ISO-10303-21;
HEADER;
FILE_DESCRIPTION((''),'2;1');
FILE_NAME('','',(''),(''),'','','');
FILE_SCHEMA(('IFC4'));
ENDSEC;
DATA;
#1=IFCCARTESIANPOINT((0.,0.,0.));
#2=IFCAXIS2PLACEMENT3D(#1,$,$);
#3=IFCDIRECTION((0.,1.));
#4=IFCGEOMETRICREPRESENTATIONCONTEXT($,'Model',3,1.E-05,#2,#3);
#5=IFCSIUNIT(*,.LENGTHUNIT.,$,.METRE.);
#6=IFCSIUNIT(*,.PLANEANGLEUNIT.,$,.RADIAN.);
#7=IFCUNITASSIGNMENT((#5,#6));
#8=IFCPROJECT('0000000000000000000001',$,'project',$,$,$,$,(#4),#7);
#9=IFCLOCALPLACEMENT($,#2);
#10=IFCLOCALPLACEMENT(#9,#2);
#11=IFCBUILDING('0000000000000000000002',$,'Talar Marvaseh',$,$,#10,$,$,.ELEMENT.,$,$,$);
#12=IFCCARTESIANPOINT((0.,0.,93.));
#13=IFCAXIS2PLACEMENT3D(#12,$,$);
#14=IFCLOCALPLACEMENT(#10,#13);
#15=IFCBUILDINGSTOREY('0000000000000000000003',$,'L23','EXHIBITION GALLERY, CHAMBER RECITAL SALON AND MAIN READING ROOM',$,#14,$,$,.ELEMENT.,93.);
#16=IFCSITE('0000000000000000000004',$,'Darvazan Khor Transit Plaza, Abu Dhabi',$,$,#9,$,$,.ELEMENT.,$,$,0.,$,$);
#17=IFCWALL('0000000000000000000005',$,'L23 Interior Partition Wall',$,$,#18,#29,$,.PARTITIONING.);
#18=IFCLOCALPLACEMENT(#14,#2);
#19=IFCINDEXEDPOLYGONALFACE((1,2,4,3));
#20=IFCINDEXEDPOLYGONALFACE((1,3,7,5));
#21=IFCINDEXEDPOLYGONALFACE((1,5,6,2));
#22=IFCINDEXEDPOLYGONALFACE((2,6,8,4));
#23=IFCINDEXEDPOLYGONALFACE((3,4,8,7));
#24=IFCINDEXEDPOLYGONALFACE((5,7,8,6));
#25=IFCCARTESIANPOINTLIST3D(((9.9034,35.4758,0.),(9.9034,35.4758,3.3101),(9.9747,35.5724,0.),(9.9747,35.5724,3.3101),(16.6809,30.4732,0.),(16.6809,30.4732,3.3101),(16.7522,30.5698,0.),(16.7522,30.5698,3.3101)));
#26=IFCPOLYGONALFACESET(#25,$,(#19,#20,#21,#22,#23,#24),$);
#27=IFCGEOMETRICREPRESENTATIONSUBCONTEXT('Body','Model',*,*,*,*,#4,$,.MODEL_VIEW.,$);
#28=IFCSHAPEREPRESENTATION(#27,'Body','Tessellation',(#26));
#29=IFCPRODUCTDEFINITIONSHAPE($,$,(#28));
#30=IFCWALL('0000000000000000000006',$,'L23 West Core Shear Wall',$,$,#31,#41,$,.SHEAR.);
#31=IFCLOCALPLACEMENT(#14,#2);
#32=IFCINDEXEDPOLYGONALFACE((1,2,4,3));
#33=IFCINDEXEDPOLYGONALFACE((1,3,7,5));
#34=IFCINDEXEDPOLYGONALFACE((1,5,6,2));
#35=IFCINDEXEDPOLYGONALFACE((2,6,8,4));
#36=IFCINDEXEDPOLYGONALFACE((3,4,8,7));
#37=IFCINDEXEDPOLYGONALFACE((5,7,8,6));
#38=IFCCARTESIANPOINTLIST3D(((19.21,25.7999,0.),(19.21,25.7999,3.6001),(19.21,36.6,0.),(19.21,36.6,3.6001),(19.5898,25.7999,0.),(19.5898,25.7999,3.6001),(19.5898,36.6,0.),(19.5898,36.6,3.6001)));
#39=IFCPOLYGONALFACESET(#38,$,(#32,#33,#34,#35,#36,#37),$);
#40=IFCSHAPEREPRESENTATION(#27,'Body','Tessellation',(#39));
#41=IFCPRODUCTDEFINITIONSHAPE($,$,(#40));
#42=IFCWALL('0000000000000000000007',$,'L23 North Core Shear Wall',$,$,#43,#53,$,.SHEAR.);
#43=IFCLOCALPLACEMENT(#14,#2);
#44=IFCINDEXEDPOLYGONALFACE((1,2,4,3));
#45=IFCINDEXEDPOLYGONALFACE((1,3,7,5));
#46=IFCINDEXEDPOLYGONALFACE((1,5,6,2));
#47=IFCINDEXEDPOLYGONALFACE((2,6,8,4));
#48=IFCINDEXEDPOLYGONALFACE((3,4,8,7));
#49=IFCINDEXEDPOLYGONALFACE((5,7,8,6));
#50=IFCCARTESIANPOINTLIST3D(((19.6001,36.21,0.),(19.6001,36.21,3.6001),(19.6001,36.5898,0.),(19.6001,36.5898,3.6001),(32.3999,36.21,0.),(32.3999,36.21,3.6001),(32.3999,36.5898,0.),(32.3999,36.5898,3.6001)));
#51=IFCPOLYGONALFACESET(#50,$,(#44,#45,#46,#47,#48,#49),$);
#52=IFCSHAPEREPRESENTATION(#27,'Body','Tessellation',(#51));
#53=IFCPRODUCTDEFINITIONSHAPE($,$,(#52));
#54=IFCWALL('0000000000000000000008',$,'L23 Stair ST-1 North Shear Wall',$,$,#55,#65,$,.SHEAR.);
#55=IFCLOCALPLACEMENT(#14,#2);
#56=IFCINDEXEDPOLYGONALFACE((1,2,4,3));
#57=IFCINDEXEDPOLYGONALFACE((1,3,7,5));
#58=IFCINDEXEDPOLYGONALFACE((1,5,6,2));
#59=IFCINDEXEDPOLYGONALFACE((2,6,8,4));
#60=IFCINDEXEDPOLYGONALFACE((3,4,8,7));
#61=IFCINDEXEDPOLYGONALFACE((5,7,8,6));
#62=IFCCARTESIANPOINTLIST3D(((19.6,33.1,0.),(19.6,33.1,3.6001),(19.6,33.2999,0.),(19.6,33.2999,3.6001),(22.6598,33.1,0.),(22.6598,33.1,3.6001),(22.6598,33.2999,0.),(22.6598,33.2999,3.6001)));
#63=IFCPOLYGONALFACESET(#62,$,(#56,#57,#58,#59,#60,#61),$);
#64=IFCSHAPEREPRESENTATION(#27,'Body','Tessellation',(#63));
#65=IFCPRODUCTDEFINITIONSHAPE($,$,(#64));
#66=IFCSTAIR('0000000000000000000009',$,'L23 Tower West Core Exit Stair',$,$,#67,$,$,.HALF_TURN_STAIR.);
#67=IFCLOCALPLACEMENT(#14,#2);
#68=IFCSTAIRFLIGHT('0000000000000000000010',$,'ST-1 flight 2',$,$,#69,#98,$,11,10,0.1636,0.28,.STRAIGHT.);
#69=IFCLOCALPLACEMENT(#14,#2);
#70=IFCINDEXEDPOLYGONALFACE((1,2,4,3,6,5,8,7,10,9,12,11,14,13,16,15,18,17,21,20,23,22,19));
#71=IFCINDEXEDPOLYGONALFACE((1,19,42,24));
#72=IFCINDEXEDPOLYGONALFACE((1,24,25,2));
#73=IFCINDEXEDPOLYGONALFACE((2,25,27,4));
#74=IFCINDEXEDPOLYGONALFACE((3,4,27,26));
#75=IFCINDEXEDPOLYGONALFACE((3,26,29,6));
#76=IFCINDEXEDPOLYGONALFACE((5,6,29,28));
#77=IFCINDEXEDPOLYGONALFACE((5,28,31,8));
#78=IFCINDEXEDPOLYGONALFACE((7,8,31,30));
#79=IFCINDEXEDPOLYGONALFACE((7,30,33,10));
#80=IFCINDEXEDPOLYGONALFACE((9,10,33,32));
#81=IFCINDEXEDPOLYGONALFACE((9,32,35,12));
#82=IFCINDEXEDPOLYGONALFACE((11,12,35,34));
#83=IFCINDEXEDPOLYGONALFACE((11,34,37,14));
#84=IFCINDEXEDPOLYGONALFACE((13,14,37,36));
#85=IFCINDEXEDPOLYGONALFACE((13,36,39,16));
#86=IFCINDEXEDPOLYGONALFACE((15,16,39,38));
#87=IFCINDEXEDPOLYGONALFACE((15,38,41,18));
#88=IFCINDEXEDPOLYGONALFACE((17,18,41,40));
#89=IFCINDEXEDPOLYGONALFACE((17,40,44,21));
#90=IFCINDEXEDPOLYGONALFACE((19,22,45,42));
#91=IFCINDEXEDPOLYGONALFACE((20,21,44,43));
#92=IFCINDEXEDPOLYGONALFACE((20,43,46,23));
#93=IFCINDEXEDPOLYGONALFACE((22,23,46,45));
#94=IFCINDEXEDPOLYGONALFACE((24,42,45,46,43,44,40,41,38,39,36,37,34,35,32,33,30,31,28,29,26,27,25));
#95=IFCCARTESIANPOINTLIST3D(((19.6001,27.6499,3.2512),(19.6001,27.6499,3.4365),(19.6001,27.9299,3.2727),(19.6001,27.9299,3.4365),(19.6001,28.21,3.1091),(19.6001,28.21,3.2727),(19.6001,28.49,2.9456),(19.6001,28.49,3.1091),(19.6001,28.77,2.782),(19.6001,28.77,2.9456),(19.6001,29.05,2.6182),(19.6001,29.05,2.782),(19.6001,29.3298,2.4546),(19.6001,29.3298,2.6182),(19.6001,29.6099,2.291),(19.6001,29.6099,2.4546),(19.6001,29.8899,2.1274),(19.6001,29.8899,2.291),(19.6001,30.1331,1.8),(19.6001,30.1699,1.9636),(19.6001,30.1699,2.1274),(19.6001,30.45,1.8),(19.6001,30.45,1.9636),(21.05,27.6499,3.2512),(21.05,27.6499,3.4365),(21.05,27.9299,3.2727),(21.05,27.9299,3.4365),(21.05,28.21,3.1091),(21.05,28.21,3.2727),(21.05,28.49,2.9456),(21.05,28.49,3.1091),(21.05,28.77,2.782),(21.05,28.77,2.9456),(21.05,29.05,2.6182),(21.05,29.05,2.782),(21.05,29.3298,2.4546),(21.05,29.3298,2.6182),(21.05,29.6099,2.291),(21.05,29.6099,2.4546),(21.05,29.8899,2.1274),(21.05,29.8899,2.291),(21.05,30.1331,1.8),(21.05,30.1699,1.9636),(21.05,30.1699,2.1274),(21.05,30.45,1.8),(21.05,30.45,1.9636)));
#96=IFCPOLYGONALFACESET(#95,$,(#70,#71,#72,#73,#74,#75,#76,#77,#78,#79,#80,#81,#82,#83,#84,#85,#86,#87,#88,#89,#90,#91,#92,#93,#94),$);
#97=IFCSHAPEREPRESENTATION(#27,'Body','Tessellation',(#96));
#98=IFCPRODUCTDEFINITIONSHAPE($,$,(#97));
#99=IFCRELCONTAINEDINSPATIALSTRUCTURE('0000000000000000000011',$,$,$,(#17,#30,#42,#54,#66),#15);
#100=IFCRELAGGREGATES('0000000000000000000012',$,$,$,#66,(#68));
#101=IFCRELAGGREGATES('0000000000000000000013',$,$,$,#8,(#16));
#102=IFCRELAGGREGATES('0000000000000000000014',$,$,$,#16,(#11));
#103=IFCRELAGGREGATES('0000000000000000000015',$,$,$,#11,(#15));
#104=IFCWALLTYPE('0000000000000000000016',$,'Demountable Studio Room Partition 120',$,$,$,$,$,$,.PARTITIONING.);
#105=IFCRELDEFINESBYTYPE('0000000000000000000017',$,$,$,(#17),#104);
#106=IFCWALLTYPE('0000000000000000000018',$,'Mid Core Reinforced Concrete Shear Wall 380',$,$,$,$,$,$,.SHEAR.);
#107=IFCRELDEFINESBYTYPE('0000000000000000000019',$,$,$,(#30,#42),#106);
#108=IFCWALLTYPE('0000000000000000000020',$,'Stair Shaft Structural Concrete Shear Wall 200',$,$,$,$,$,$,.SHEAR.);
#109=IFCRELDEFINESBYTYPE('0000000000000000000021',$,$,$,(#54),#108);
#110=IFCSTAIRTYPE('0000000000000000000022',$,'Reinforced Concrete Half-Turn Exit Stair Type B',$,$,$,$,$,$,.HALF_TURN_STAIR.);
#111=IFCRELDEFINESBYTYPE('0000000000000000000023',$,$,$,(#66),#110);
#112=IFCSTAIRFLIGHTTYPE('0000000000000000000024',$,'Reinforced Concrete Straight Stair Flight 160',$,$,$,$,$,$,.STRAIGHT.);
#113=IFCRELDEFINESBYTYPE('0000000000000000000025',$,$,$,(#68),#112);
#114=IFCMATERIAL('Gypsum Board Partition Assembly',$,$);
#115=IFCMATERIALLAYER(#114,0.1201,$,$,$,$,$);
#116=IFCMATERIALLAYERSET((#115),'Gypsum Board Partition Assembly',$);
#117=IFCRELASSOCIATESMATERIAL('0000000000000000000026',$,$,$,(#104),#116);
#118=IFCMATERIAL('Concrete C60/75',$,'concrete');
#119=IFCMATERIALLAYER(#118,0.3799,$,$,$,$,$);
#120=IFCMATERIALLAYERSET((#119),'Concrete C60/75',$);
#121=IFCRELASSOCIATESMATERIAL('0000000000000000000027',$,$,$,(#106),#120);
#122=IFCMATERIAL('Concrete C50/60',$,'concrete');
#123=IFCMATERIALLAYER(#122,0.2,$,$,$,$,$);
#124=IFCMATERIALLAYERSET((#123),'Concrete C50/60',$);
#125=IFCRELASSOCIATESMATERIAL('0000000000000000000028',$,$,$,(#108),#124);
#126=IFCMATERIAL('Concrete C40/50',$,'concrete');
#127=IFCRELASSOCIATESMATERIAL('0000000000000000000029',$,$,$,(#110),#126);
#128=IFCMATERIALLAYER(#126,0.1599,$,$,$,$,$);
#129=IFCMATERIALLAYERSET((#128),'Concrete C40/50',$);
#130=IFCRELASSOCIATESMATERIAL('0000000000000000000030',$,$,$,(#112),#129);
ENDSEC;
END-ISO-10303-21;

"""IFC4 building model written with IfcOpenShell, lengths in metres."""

from ifc_helpers import new_model, si_unit, direction, frame, frame_2d, origin, place, context, subcontext, project, spatial, polyline, rectangle, outline, extrude, material, layer, layer_set, type_object, element, aggregate, save


model = new_model("IFC4")

# Units and contexts
model_context = context("Model", 3, precision=1e-05, world=origin(), true_north=direction((0.0, 1.0)))
body_context = subcontext(model_context, "Body", "Model", "MODEL_VIEW")
ifc_project = project(units=[si_unit("LENGTHUNIT", "METRE"), si_unit("PLANEANGLEUNIT", "RADIAN")], contexts=[model_context])

# Site, building, storey
site_placement = place(None, origin())
site = spatial("IfcSite", under=ifc_project, at=site_placement, Name="Darvazan Khor Transit Plaza, Abu Dhabi", CompositionType="ELEMENT", RefElevation=0.0)
building_placement = place(site_placement, origin())
building = spatial("IfcBuilding", under=site, at=building_placement, Name="Talar Marvaseh", CompositionType="ELEMENT")
storey_placement = place(building_placement, frame((0.0, 0.0, 93.0)))
storey = spatial("IfcBuildingStorey", under=building, at=storey_placement, Name="L23", Description="EXHIBITION GALLERY, CHAMBER RECITAL SALON AND MAIN READING ROOM", CompositionType="ELEMENT", Elevation=93.0)

# Shared definitions
ifc_material_1 = material(Name="Gypsum Board Partition Assembly")

# Walls
ifc_layer_1 = layer(ifc_material_1, 0.1201)
ifc_layer_set_1 = layer_set([ifc_layer_1], Name="Gypsum Board Partition Assembly")
wall_type_1 = type_object("IfcWallType", Name="Demountable Studio Room Partition 120", PredefinedType="PARTITIONING", material=ifc_layer_set_1)
wall_1_placement = place(storey_placement, frame((16.7166, 30.5215, 0.0), z_axis=(0.0, 0.0, 1.0), x_axis=(-0.804564, 0.593866, 0.0)))
element("IfcWall", 1, at=wall_1_placement, inside=storey, type_object=wall_type_1, Name="L23 Interior Partition Wall", PredefinedType="PARTITIONING", context=body_context, shape_type="SweptSolid", body=[
    extrude(rectangle(XDim=8.4238, YDim=0.1201, at=frame_2d((4.2119, 0.0))), origin(), (0.0, 0.0, 1.0), 3.3101),
])
ifc_material_2 = material(Name="Concrete C60/75", Category="concrete")
ifc_layer_2 = layer(ifc_material_2, 0.3799)
ifc_layer_set_2 = layer_set([ifc_layer_2], Name="Concrete C60/75")
wall_type_2 = type_object("IfcWallType", Name="Mid Core Reinforced Concrete Shear Wall 380", PredefinedType="SHEAR", material=ifc_layer_set_2)
wall_2_placement = place(storey_placement, frame((19.3999, 25.8, 0.0), z_axis=(0.0, 0.0, 1.0), x_axis=(0.0, 1.0, 0.0)))
element("IfcWall", 2, at=wall_2_placement, inside=storey, type_object=wall_type_2, Name="L23 West Core Shear Wall", PredefinedType="SHEAR", context=body_context, shape_type="SweptSolid", body=[
    extrude(rectangle(XDim=10.8, YDim=0.3799, at=frame_2d((5.3999, 0.0))), origin(), (0.0, 0.0, 1.0), 3.6001),
])
wall_3_placement = place(storey_placement, frame((19.6001, 36.3999, 0.0), z_axis=(0.0, 0.0, 1.0), x_axis=(1.0, 0.0, 0.0)))
element("IfcWall", 3, at=wall_3_placement, inside=storey, type_object=wall_type_2, Name="L23 North Core Shear Wall", PredefinedType="SHEAR", context=body_context, shape_type="SweptSolid", body=[
    extrude(rectangle(XDim=12.7998, YDim=0.3799, at=frame_2d((6.3999, 0.0))), origin(), (0.0, 0.0, 1.0), 3.6001),
])
ifc_material_3 = material(Name="Concrete C50/60", Category="concrete")
ifc_layer_3 = layer(ifc_material_3, 0.2)
ifc_layer_set_3 = layer_set([ifc_layer_3], Name="Concrete C50/60")
wall_type_3 = type_object("IfcWallType", Name="Stair Shaft Structural Concrete Shear Wall 200", PredefinedType="SHEAR", material=ifc_layer_set_3)
wall_4_placement = place(storey_placement, frame((19.6001, 33.2, 0.0), z_axis=(0.0, 0.0, 1.0), x_axis=(1.0, 0.0, 0.0)))
element("IfcWall", 4, at=wall_4_placement, inside=storey, type_object=wall_type_3, Name="L23 Stair ST-1 North Shear Wall", PredefinedType="SHEAR", context=body_context, shape_type="SweptSolid", body=[
    extrude(rectangle(XDim=3.0598, YDim=0.2, at=frame_2d((1.5298, 0.0))), origin(), (0.0, 0.0, 1.0), 3.6001),
])

# Stair, stair flight
ifc_material_4 = material(Name="Concrete C40/50", Category="concrete")
stair_type = type_object("IfcStairType", Name="Reinforced Concrete Half-Turn Exit Stair Type B", PredefinedType="HALF_TURN_STAIR", material=ifc_material_4)
stair_placement = place(storey_placement, origin())
stair = element("IfcStair", 5, at=stair_placement, inside=storey, type_object=stair_type, Name="L23 Tower West Core Exit Stair", PredefinedType="HALF_TURN_STAIR")
ifc_layer_4 = layer(ifc_material_4, 0.1599)
ifc_layer_set_4 = layer_set([ifc_layer_4], Name="Concrete C40/50")
stair_flight_type = type_object("IfcStairFlightType", Name="Reinforced Concrete Straight Stair Flight 160", PredefinedType="STRAIGHT", material=ifc_layer_set_4)
stair_flight_placement = place(storey_placement, frame((20.325, 30.45, 1.8), z_axis=(0.0, 0.0, 1.0), x_axis=(0.0, -1.0, 0.0)))
stair_flight = element("IfcStairFlight", 6, at=stair_flight_placement, type_object=stair_flight_type, Name="ST-1 flight 2", NumberOfRisers=11, NumberOfTreads=10, PredefinedType="STRAIGHT", RiserHeight=0.1636, TreadLength=0.28, context=body_context, shape_type="SweptSolid", body=[
    extrude(outline(polyline([(0.0, 0.0), (0.0, 0.1636), (0.28, 0.1636), (0.28, 0.3274), (0.5601, 0.3274), (0.5601, 0.491), (0.8401, 0.491), (0.8401, 0.6545), (1.1201, 0.6545), (1.1201, 0.8181), (1.3999, 0.8181), (1.3999, 0.9819), (1.6799, 0.9819), (1.6799, 1.1455), (1.96, 1.1455), (1.96, 1.3091), (2.24, 1.3091), (2.24, 1.4727), (2.52, 1.4727), (2.52, 1.6365), (2.8, 1.6365), (2.8, 1.8), (2.8, 1.4512), (0.3169, 0.0), (0.0, 0.0)])), frame((0.0, 0.7251, 0.0), z_axis=(0.0, -1.0, 0.0), x_axis=(1.0, 0.0, 0.0)), (0.0, 0.0, 1.0), 1.45),
])
aggregate(stair, [stair_flight])

save(model, "model.ifc")
